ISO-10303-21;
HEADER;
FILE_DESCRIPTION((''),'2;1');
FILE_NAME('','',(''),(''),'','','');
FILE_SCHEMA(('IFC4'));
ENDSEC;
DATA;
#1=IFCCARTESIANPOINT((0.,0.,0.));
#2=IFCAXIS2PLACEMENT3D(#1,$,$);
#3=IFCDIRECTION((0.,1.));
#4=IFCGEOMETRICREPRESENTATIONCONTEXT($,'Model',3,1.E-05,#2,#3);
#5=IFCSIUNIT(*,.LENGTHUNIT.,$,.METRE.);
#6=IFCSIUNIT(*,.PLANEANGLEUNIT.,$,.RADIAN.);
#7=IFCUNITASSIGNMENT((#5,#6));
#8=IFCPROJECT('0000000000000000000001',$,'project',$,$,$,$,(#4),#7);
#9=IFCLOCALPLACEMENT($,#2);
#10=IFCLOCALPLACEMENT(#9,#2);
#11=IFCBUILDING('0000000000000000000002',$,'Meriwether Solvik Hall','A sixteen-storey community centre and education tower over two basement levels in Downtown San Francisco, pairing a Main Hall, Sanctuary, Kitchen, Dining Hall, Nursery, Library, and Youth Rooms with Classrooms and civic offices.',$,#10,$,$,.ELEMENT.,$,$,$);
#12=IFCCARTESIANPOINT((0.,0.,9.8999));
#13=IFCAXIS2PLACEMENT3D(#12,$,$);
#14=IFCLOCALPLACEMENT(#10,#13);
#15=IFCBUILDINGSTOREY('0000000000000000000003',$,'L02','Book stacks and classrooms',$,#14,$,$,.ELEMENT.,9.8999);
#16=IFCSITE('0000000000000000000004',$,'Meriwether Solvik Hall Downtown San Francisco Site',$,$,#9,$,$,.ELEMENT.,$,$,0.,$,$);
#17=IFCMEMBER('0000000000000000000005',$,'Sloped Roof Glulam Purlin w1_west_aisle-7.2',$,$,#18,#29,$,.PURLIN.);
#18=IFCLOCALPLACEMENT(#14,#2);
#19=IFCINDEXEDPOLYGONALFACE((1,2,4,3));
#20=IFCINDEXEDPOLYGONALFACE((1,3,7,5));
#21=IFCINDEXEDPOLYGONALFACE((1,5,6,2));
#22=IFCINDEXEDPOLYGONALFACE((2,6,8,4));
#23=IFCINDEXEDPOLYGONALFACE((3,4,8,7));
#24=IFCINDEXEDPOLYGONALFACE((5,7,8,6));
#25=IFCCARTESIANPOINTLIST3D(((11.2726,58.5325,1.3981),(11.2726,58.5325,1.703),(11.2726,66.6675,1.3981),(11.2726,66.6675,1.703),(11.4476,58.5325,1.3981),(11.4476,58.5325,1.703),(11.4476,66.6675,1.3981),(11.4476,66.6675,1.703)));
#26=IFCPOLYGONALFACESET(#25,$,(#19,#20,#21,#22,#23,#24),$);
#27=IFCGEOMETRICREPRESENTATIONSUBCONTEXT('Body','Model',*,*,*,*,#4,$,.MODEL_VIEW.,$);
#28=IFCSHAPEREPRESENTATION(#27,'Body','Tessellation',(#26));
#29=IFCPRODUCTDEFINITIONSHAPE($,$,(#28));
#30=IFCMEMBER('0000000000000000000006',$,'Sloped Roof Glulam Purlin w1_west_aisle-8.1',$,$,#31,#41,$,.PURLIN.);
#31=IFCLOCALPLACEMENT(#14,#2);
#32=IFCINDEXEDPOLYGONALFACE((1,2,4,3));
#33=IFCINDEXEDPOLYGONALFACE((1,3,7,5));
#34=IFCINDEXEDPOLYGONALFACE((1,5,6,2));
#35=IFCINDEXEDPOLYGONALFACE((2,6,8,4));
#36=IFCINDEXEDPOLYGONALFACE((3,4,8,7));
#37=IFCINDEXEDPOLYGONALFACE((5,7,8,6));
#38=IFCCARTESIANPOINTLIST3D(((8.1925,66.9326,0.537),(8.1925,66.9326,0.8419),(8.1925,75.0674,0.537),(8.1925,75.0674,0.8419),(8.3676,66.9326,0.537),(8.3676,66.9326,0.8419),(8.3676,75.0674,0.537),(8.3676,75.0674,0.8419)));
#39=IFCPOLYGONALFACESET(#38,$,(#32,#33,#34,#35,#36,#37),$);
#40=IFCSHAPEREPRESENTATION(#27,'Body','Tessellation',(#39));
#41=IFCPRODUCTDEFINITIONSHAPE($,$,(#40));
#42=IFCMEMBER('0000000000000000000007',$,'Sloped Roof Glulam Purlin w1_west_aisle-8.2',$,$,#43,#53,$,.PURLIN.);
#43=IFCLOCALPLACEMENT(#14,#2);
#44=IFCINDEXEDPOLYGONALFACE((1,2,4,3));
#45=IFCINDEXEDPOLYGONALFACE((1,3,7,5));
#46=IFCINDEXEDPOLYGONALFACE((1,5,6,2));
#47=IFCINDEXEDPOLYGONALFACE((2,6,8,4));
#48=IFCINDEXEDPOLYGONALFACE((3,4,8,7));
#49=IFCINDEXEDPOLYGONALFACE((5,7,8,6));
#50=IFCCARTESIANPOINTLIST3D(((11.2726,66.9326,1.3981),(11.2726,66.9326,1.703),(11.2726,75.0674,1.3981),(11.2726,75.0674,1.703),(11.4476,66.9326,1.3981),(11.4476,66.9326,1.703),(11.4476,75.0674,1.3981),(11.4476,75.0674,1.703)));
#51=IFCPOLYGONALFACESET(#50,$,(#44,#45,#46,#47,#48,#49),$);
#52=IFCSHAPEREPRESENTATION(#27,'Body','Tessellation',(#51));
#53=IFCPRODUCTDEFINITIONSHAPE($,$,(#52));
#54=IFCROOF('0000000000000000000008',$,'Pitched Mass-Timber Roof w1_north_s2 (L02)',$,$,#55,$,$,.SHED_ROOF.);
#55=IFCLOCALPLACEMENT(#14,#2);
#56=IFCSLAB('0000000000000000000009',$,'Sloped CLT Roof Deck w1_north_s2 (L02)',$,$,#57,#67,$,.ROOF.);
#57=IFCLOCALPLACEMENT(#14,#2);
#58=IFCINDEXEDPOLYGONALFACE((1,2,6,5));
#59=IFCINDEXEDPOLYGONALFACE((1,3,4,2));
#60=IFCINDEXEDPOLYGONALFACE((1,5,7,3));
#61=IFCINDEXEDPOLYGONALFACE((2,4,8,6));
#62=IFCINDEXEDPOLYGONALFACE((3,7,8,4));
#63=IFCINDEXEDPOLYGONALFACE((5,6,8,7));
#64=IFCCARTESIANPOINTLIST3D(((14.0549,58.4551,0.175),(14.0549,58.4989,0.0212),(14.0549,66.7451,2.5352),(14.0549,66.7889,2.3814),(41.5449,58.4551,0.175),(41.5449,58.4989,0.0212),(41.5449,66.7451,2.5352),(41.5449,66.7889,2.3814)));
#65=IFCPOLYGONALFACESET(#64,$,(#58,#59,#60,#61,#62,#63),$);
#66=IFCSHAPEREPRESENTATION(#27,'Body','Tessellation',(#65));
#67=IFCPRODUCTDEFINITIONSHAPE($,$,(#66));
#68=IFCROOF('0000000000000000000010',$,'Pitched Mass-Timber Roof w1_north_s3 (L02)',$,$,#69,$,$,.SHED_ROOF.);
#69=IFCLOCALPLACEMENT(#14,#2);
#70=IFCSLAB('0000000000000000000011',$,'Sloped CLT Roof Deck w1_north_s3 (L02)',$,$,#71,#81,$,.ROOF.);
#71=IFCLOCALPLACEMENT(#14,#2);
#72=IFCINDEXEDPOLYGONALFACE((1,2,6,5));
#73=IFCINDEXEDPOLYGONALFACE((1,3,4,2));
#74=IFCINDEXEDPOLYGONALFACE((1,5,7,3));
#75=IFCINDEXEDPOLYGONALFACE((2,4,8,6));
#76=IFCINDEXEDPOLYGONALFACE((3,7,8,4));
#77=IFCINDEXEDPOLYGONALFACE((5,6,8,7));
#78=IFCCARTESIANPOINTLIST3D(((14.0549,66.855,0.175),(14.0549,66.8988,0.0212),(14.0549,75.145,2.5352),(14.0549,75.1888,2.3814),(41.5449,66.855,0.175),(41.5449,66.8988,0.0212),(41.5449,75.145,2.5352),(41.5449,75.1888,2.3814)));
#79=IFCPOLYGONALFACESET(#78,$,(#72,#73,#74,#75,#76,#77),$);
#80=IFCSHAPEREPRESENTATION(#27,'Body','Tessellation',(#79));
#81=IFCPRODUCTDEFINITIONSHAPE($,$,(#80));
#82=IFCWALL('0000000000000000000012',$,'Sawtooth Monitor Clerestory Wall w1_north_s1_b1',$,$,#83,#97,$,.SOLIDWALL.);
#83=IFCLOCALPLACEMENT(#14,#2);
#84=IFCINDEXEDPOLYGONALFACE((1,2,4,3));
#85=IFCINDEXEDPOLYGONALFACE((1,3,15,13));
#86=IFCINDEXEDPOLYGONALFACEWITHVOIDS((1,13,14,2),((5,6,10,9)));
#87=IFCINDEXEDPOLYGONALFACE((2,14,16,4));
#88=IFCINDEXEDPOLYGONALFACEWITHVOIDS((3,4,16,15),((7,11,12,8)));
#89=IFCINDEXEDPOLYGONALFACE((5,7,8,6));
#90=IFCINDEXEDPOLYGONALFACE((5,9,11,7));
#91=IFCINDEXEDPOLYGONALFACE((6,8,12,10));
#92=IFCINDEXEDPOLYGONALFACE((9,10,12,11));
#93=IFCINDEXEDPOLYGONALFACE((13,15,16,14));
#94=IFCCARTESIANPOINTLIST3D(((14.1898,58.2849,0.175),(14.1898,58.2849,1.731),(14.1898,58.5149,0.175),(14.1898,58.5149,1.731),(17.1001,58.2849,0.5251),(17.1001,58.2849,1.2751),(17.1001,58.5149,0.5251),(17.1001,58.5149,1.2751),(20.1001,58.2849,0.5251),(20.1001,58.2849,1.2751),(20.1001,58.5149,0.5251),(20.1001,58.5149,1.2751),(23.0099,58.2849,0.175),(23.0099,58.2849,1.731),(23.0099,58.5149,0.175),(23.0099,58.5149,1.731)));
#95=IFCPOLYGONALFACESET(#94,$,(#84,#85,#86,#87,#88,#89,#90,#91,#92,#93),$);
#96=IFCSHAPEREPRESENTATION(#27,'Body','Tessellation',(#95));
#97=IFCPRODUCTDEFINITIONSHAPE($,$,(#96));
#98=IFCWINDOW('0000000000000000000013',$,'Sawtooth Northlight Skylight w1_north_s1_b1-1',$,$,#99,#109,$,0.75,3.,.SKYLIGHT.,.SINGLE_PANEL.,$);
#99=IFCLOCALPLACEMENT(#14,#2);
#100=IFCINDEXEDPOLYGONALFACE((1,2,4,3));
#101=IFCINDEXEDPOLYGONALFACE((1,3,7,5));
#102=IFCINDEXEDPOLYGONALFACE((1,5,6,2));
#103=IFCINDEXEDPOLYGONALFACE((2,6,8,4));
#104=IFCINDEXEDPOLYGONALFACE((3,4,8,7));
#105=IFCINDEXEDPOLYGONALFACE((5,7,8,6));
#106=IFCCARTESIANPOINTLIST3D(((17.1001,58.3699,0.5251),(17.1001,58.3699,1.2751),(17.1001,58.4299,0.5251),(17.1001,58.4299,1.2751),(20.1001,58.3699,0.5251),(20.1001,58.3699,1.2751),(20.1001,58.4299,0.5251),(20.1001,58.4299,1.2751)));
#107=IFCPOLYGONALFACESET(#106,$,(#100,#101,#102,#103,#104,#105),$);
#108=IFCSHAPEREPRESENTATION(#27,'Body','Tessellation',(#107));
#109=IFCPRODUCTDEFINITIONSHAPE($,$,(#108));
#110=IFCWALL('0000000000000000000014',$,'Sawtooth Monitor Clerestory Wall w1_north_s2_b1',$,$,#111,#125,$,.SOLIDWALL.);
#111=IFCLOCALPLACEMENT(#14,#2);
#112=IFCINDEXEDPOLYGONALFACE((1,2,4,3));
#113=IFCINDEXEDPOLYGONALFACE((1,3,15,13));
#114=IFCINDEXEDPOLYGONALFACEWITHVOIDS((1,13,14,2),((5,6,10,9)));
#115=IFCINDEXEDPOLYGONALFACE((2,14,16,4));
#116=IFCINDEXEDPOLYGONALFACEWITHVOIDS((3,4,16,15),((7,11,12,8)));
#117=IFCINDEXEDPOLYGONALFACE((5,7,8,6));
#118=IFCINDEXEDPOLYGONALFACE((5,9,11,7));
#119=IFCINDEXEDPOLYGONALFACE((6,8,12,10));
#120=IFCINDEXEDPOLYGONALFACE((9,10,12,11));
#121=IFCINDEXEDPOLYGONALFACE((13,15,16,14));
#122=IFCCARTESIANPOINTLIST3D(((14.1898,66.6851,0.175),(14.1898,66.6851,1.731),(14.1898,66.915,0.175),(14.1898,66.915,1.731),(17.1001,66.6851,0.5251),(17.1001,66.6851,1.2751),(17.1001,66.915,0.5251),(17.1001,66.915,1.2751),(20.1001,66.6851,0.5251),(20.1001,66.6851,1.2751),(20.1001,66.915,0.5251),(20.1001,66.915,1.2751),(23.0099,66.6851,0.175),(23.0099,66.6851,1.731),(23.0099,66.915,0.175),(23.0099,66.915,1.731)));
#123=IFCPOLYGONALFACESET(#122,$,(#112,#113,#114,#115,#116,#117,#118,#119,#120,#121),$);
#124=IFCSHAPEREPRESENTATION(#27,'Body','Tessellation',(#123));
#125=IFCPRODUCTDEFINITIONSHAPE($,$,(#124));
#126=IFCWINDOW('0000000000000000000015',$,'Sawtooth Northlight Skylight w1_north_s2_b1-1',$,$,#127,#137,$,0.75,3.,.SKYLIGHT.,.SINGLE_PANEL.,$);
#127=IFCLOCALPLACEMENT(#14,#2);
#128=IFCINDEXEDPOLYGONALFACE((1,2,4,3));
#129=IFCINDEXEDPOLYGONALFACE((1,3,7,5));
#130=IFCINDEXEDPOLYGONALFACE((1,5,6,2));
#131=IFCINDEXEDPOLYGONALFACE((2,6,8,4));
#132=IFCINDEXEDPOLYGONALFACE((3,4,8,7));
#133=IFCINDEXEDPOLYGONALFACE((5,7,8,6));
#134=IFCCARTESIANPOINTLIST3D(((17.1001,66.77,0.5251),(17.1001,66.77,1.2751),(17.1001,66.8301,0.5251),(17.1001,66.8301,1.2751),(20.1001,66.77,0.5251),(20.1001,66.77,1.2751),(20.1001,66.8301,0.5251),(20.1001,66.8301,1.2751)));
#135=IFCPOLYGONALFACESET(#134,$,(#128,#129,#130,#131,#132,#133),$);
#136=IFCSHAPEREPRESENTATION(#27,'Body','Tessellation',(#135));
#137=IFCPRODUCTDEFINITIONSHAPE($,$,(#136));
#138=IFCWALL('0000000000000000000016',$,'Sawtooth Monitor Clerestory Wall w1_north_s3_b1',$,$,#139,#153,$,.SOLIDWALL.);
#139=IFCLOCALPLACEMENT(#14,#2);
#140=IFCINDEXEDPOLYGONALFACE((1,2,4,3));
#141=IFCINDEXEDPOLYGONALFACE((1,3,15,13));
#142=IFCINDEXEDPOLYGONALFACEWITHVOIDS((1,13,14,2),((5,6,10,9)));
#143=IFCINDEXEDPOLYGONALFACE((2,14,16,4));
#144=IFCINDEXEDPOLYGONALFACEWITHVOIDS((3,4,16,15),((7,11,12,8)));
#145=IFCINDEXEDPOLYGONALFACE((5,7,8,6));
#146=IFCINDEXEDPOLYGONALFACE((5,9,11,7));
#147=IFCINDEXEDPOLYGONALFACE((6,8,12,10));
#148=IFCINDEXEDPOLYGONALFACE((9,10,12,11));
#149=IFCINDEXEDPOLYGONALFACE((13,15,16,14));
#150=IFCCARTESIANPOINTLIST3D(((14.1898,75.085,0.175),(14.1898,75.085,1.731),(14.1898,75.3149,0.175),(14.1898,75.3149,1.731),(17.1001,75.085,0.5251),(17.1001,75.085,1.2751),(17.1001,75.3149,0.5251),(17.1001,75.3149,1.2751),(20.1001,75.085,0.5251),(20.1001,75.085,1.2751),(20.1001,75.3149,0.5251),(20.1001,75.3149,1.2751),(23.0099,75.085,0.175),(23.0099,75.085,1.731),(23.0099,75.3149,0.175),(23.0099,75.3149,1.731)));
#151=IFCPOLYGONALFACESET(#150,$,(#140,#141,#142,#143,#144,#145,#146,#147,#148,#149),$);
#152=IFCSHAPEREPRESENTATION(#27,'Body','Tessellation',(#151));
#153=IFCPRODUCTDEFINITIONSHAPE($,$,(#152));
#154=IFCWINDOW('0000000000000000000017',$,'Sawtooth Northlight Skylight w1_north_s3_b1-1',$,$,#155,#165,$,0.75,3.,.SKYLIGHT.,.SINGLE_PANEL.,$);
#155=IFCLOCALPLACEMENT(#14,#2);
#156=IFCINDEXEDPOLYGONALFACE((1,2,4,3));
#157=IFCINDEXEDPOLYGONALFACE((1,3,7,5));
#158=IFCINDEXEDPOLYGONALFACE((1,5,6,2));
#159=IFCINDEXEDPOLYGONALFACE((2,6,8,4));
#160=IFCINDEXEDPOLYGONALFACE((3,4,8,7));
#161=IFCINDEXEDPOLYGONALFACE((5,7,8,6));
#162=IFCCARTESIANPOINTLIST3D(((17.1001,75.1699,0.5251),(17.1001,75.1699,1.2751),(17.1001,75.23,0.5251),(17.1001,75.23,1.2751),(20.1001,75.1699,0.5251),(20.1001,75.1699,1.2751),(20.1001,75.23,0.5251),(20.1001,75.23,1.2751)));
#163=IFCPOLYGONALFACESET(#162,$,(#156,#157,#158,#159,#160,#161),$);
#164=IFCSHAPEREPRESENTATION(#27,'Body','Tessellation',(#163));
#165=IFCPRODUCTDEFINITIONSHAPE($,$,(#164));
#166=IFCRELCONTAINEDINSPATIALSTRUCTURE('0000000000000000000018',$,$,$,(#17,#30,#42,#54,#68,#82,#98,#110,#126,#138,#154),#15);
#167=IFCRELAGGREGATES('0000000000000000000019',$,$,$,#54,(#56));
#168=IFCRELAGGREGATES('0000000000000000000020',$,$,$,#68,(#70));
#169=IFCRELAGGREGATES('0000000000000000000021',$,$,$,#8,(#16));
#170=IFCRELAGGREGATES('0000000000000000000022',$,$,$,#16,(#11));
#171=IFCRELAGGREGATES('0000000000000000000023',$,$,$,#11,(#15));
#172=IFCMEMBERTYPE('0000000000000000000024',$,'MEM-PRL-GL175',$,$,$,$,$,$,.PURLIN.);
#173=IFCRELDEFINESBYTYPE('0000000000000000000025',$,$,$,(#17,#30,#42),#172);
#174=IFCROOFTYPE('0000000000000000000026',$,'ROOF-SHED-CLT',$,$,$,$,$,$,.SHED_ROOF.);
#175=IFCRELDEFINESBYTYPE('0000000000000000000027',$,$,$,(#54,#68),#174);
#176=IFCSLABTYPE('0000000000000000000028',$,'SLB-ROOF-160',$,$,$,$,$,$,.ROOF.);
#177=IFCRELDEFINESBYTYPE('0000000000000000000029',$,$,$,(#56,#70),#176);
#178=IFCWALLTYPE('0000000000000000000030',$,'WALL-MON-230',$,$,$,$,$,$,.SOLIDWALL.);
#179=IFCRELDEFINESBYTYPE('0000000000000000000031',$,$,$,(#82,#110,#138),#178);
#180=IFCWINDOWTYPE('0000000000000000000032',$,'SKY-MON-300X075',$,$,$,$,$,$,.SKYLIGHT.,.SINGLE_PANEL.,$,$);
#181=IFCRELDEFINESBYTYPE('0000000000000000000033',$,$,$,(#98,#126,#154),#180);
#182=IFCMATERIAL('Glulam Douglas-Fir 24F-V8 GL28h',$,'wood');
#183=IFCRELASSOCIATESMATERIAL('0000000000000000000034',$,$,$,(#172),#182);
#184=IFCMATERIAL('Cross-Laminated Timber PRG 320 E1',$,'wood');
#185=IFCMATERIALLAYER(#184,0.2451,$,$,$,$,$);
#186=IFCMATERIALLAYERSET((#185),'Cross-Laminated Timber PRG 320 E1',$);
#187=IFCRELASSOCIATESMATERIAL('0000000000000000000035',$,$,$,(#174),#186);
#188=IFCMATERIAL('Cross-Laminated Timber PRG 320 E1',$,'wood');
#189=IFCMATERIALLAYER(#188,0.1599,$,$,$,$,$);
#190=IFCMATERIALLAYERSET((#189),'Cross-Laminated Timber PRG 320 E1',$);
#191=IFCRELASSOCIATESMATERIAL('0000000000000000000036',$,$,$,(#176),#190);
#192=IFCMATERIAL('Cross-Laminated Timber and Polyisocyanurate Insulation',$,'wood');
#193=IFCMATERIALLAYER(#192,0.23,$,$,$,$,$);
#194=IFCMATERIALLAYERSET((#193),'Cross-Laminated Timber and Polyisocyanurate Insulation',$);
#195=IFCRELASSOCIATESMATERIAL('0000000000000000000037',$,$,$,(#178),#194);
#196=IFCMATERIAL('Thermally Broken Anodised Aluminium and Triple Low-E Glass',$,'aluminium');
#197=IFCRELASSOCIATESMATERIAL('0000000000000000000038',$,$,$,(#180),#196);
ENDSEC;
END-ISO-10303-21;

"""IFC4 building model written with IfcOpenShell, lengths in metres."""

from ifc_helpers import new_model, si_unit, direction, frame, frame_2d, origin, origin_2d, place, context, subcontext, project, spatial, polyline, rectangle, outline, extrude, material, layer, layer_set, material_profile, profile_set, type_object, element, fill, aggregate, save


model = new_model("IFC4")

# Units and contexts
model_context = context("Model", 3, precision=1e-05, world=origin(), true_north=direction((0.0, 1.0)))
body_context = subcontext(model_context, "Body", "Model", "MODEL_VIEW")
ifc_project = project(units=[si_unit("LENGTHUNIT", "METRE"), si_unit("PLANEANGLEUNIT", "RADIAN")], contexts=[model_context])

# Site, building, storey
site_placement = place(None, origin())
site = spatial("IfcSite", under=ifc_project, at=site_placement, Name="Meriwether Solvik Hall Downtown San Francisco Site", CompositionType="ELEMENT", RefElevation=0.0)
building_placement = place(site_placement, origin())
building = spatial("IfcBuilding", under=site, at=building_placement, Name="Meriwether Solvik Hall", Description="A sixteen-storey community centre and education tower over two basement levels in Downtown San Francisco, pairing a Main Hall, Sanctuary, Kitchen, Dining Hall, Nursery, Library, and Youth Rooms with Classrooms and civic offices.", CompositionType="ELEMENT")
storey_placement = place(building_placement, frame((0.0, 0.0, 9.8999)))
storey = spatial("IfcBuildingStorey", under=building, at=storey_placement, Name="L02", Description="Book stacks and classrooms", CompositionType="ELEMENT", Elevation=9.8999)

# Members
ifc_material_1 = material(Name="Glulam Douglas-Fir 24F-V8 GL28h", Category="wood")
ifc_material_profile_1 = material_profile(ifc_material_1, rectangle(XDim=0.175, YDim=0.3049, at=origin_2d()), Name="GLM-175X305")
ifc_profile_set_1 = profile_set([ifc_material_profile_1], Name="Glulam Douglas-Fir 24F-V8 GL28h")
member_type = type_object("IfcMemberType", Name="MEM-PRL-GL175", PredefinedType="PURLIN", material=ifc_profile_set_1)
for number, where, z_axis, x_axis, name in (
    (1, (11.3601, 58.5325, 1.5505), (0.0, 1.0, 0.0), (-1.0, 0.0, 0.0), "Sloped Roof Glulam Purlin w1_west_aisle-7.2"),
):
    element("IfcMember", number, at=place(storey_placement, frame(where, z_axis=z_axis, x_axis=x_axis)), inside=storey, type_object=member_type, Name=name, PredefinedType="PURLIN", context=body_context, shape_type="SweptSolid", body=[
        extrude(rectangle(XDim=0.175, YDim=0.3049, at=origin_2d()), origin(), (0.0, 0.0, 1.0), 8.135),
    ])
for number, where, z_axis, x_axis, name in (
    (2, (8.28, 66.9326, 0.6895), (0.0, 1.0, 0.0), (-1.0, 0.0, 0.0), "Sloped Roof Glulam Purlin w1_west_aisle-8.1"),
    (3, (11.3601, 66.9326, 1.5505), (0.0, 1.0, 0.0), (-1.0, 0.0, 0.0), "Sloped Roof Glulam Purlin w1_west_aisle-8.2"),
):
    element("IfcMember", number, at=place(storey_placement, frame(where, z_axis=z_axis, x_axis=x_axis)), inside=storey, type_object=member_type, Name=name, PredefinedType="PURLIN", context=body_context, shape_type="SweptSolid", body=[
        extrude(rectangle(XDim=0.175, YDim=0.3049, at=origin_2d()), origin(), (0.0, 0.0, 1.0), 8.1348),
    ])

# Roofs, slabs
ifc_material_2 = material(Name="Cross-Laminated Timber PRG 320 E1", Category="wood")
ifc_layer_1 = layer(ifc_material_2, 0.2451)
ifc_layer_set_1 = layer_set([ifc_layer_1], Name="Cross-Laminated Timber PRG 320 E1")
roof_type = type_object("IfcRoofType", Name="ROOF-SHED-CLT", PredefinedType="SHED_ROOF", material=ifc_layer_set_1)
roof_1_placement = place(storey_placement, origin())
roof_1 = element("IfcRoof", 4, at=roof_1_placement, inside=storey, type_object=roof_type, Name="Pitched Mass-Timber Roof w1_north_s2 (L02)", PredefinedType="SHED_ROOF")
ifc_material_3 = material(Name="Cross-Laminated Timber PRG 320 E1", Category="wood")
ifc_layer_2 = layer(ifc_material_3, 0.1599)
ifc_layer_set_2 = layer_set([ifc_layer_2], Name="Cross-Laminated Timber PRG 320 E1")
slab_type = type_object("IfcSlabType", Name="SLB-ROOF-160", PredefinedType="ROOF", material=ifc_layer_set_2)
slab_1_placement = place(storey_placement, frame((14.0549, 58.4551, 0.175), z_axis=(0.0, -0.273812, 0.961783), x_axis=(1.0, 0.0, 0.0)))
slab_1 = element("IfcSlab", 5, at=slab_1_placement, type_object=slab_type, Name="Sloped CLT Roof Deck w1_north_s2 (L02)", PredefinedType="ROOF", context=body_context, shape_type="SweptSolid", body=[
    extrude(outline(polyline([(0.0, 0.0), (27.49, 0.0), (27.49, 8.6194), (0.0, 8.6194), (0.0, 0.0)])), origin(), (0.0, 0.0, -1.0), 0.1599),
])
aggregate(roof_1, [slab_1])
roof_2_placement = place(storey_placement, origin())
roof_2 = element("IfcRoof", 6, at=roof_2_placement, inside=storey, type_object=roof_type, Name="Pitched Mass-Timber Roof w1_north_s3 (L02)", PredefinedType="SHED_ROOF")
slab_2_placement = place(storey_placement, frame((14.0549, 66.855, 0.175), z_axis=(0.0, -0.273812, 0.961783), x_axis=(1.0, 0.0, 0.0)))
slab_2 = element("IfcSlab", 7, at=slab_2_placement, type_object=slab_type, Name="Sloped CLT Roof Deck w1_north_s3 (L02)", PredefinedType="ROOF", context=body_context, shape_type="SweptSolid", body=[
    extrude(outline(polyline([(0.0, 0.0), (27.49, 0.0), (27.49, 8.6194), (0.0, 8.6194), (0.0, 0.0)])), origin(), (0.0, 0.0, -1.0), 0.1599),
])
aggregate(roof_2, [slab_2])

# Walls, openings, windows
ifc_material_4 = material(Name="Cross-Laminated Timber and Polyisocyanurate Insulation", Category="wood")
ifc_layer_3 = layer(ifc_material_4, 0.23)
ifc_layer_set_3 = layer_set([ifc_layer_3], Name="Cross-Laminated Timber and Polyisocyanurate Insulation")
wall_type = type_object("IfcWallType", Name="WALL-MON-230", PredefinedType="SOLIDWALL", material=ifc_layer_set_3)
wall_1_placement = place(storey_placement, frame((23.01, 58.3999, 0.175), z_axis=(0.0, 0.0, 1.0), x_axis=(-1.0, 0.0, 0.0)))
wall_1 = element("IfcWall", 8, at=wall_1_placement, inside=storey, type_object=wall_type, Name="Sawtooth Monitor Clerestory Wall w1_north_s1_b1", PredefinedType="SOLIDWALL", context=body_context, shape_type="SweptSolid", body=[
    extrude(rectangle(XDim=8.8201, YDim=0.23, at=frame_2d((4.4102, 0.0))), origin(), (0.0, 0.0, 1.0), 1.5559),
])
opening_1_placement = place(wall_1_placement, frame((2.9099, 0.0, 0.3501)))
opening_1 = element("IfcOpeningElement", 9, at=opening_1_placement, cuts=wall_1, PredefinedType="OPENING", context=body_context, shape_type="SweptSolid", body=[
    extrude(rectangle(XDim=3.0, YDim=0.75, at=frame_2d((1.5, 0.375))), frame((0.0, 0.127, 0.0), z_axis=(0.0, -1.0, 0.0), x_axis=(1.0, 0.0, 0.0)), (0.0, 0.0, 1.0), 0.2539),
])
ifc_material_5 = material(Name="Thermally Broken Anodised Aluminium and Triple Low-E Glass", Category="aluminium")
window_type = type_object("IfcWindowType", Name="SKY-MON-300X075", PartitioningType="SINGLE_PANEL", PredefinedType="SKYLIGHT", material=ifc_material_5)
window_1_placement = place(opening_1_placement, origin())
window_1 = element("IfcWindow", 10, at=window_1_placement, inside=storey, type_object=window_type, Name="Sawtooth Northlight Skylight w1_north_s1_b1-1", OverallHeight=0.75, OverallWidth=3.0, PartitioningType="SINGLE_PANEL", PredefinedType="SKYLIGHT", context=body_context, shape_type="SweptSolid", body=[
    extrude(rectangle(XDim=3.0, YDim=0.75, at=frame_2d((1.5, 0.375))), frame((0.0, 0.03, 0.0), z_axis=(0.0, -1.0, 0.0), x_axis=(1.0, 0.0, 0.0)), (0.0, 0.0, 1.0), 0.0601),
])
fill(opening_1, window_1)
wall_2_placement = place(storey_placement, frame((23.01, 66.8, 0.175), z_axis=(0.0, 0.0, 1.0), x_axis=(-1.0, 0.0, 0.0)))
wall_2 = element("IfcWall", 11, at=wall_2_placement, inside=storey, type_object=wall_type, Name="Sawtooth Monitor Clerestory Wall w1_north_s2_b1", PredefinedType="SOLIDWALL", context=body_context, shape_type="SweptSolid", body=[
    extrude(rectangle(XDim=8.8201, YDim=0.23, at=frame_2d((4.4102, 0.0))), origin(), (0.0, 0.0, 1.0), 1.5559),
])
opening_2_placement = place(wall_2_placement, frame((2.9099, 0.0, 0.3501)))
opening_2 = element("IfcOpeningElement", 12, at=opening_2_placement, cuts=wall_2, PredefinedType="OPENING", context=body_context, shape_type="SweptSolid", body=[
    extrude(rectangle(XDim=3.0, YDim=0.75, at=frame_2d((1.5, 0.375))), frame((0.0, 0.127, 0.0), z_axis=(0.0, -1.0, 0.0), x_axis=(1.0, 0.0, 0.0)), (0.0, 0.0, 1.0), 0.2539),
])
window_2_placement = place(opening_2_placement, origin())
window_2 = element("IfcWindow", 13, at=window_2_placement, inside=storey, type_object=window_type, Name="Sawtooth Northlight Skylight w1_north_s2_b1-1", OverallHeight=0.75, OverallWidth=3.0, PartitioningType="SINGLE_PANEL", PredefinedType="SKYLIGHT", context=body_context, shape_type="SweptSolid", body=[
    extrude(rectangle(XDim=3.0, YDim=0.75, at=frame_2d((1.5, 0.375))), frame((0.0, 0.03, 0.0), z_axis=(0.0, -1.0, 0.0), x_axis=(1.0, 0.0, 0.0)), (0.0, 0.0, 1.0), 0.0601),
])
fill(opening_2, window_2)
wall_3_placement = place(storey_placement, frame((23.01, 75.2, 0.175), z_axis=(0.0, 0.0, 1.0), x_axis=(-1.0, 0.0, 0.0)))
wall_3 = element("IfcWall", 14, at=wall_3_placement, inside=storey, type_object=wall_type, Name="Sawtooth Monitor Clerestory Wall w1_north_s3_b1", PredefinedType="SOLIDWALL", context=body_context, shape_type="SweptSolid", body=[
    extrude(rectangle(XDim=8.8201, YDim=0.23, at=frame_2d((4.4102, 0.0))), origin(), (0.0, 0.0, 1.0), 1.5559),
])
opening_3_placement = place(wall_3_placement, frame((2.9099, 0.0, 0.3501)))
opening_3 = element("IfcOpeningElement", 15, at=opening_3_placement, cuts=wall_3, PredefinedType="OPENING", context=body_context, shape_type="SweptSolid", body=[
    extrude(rectangle(XDim=3.0, YDim=0.75, at=frame_2d((1.5, 0.375))), frame((0.0, 0.127, 0.0), z_axis=(0.0, -1.0, 0.0), x_axis=(1.0, 0.0, 0.0)), (0.0, 0.0, 1.0), 0.2539),
])
window_3_placement = place(opening_3_placement, origin())
window_3 = element("IfcWindow", 16, at=window_3_placement, inside=storey, type_object=window_type, Name="Sawtooth Northlight Skylight w1_north_s3_b1-1", OverallHeight=0.75, OverallWidth=3.0, PartitioningType="SINGLE_PANEL", PredefinedType="SKYLIGHT", context=body_context, shape_type="SweptSolid", body=[
    extrude(rectangle(XDim=3.0, YDim=0.75, at=frame_2d((1.5, 0.375))), frame((0.0, 0.03, 0.0), z_axis=(0.0, -1.0, 0.0), x_axis=(1.0, 0.0, 0.0)), (0.0, 0.0, 1.0), 0.0601),
])
fill(opening_3, window_3)

save(model, "model.ifc")
